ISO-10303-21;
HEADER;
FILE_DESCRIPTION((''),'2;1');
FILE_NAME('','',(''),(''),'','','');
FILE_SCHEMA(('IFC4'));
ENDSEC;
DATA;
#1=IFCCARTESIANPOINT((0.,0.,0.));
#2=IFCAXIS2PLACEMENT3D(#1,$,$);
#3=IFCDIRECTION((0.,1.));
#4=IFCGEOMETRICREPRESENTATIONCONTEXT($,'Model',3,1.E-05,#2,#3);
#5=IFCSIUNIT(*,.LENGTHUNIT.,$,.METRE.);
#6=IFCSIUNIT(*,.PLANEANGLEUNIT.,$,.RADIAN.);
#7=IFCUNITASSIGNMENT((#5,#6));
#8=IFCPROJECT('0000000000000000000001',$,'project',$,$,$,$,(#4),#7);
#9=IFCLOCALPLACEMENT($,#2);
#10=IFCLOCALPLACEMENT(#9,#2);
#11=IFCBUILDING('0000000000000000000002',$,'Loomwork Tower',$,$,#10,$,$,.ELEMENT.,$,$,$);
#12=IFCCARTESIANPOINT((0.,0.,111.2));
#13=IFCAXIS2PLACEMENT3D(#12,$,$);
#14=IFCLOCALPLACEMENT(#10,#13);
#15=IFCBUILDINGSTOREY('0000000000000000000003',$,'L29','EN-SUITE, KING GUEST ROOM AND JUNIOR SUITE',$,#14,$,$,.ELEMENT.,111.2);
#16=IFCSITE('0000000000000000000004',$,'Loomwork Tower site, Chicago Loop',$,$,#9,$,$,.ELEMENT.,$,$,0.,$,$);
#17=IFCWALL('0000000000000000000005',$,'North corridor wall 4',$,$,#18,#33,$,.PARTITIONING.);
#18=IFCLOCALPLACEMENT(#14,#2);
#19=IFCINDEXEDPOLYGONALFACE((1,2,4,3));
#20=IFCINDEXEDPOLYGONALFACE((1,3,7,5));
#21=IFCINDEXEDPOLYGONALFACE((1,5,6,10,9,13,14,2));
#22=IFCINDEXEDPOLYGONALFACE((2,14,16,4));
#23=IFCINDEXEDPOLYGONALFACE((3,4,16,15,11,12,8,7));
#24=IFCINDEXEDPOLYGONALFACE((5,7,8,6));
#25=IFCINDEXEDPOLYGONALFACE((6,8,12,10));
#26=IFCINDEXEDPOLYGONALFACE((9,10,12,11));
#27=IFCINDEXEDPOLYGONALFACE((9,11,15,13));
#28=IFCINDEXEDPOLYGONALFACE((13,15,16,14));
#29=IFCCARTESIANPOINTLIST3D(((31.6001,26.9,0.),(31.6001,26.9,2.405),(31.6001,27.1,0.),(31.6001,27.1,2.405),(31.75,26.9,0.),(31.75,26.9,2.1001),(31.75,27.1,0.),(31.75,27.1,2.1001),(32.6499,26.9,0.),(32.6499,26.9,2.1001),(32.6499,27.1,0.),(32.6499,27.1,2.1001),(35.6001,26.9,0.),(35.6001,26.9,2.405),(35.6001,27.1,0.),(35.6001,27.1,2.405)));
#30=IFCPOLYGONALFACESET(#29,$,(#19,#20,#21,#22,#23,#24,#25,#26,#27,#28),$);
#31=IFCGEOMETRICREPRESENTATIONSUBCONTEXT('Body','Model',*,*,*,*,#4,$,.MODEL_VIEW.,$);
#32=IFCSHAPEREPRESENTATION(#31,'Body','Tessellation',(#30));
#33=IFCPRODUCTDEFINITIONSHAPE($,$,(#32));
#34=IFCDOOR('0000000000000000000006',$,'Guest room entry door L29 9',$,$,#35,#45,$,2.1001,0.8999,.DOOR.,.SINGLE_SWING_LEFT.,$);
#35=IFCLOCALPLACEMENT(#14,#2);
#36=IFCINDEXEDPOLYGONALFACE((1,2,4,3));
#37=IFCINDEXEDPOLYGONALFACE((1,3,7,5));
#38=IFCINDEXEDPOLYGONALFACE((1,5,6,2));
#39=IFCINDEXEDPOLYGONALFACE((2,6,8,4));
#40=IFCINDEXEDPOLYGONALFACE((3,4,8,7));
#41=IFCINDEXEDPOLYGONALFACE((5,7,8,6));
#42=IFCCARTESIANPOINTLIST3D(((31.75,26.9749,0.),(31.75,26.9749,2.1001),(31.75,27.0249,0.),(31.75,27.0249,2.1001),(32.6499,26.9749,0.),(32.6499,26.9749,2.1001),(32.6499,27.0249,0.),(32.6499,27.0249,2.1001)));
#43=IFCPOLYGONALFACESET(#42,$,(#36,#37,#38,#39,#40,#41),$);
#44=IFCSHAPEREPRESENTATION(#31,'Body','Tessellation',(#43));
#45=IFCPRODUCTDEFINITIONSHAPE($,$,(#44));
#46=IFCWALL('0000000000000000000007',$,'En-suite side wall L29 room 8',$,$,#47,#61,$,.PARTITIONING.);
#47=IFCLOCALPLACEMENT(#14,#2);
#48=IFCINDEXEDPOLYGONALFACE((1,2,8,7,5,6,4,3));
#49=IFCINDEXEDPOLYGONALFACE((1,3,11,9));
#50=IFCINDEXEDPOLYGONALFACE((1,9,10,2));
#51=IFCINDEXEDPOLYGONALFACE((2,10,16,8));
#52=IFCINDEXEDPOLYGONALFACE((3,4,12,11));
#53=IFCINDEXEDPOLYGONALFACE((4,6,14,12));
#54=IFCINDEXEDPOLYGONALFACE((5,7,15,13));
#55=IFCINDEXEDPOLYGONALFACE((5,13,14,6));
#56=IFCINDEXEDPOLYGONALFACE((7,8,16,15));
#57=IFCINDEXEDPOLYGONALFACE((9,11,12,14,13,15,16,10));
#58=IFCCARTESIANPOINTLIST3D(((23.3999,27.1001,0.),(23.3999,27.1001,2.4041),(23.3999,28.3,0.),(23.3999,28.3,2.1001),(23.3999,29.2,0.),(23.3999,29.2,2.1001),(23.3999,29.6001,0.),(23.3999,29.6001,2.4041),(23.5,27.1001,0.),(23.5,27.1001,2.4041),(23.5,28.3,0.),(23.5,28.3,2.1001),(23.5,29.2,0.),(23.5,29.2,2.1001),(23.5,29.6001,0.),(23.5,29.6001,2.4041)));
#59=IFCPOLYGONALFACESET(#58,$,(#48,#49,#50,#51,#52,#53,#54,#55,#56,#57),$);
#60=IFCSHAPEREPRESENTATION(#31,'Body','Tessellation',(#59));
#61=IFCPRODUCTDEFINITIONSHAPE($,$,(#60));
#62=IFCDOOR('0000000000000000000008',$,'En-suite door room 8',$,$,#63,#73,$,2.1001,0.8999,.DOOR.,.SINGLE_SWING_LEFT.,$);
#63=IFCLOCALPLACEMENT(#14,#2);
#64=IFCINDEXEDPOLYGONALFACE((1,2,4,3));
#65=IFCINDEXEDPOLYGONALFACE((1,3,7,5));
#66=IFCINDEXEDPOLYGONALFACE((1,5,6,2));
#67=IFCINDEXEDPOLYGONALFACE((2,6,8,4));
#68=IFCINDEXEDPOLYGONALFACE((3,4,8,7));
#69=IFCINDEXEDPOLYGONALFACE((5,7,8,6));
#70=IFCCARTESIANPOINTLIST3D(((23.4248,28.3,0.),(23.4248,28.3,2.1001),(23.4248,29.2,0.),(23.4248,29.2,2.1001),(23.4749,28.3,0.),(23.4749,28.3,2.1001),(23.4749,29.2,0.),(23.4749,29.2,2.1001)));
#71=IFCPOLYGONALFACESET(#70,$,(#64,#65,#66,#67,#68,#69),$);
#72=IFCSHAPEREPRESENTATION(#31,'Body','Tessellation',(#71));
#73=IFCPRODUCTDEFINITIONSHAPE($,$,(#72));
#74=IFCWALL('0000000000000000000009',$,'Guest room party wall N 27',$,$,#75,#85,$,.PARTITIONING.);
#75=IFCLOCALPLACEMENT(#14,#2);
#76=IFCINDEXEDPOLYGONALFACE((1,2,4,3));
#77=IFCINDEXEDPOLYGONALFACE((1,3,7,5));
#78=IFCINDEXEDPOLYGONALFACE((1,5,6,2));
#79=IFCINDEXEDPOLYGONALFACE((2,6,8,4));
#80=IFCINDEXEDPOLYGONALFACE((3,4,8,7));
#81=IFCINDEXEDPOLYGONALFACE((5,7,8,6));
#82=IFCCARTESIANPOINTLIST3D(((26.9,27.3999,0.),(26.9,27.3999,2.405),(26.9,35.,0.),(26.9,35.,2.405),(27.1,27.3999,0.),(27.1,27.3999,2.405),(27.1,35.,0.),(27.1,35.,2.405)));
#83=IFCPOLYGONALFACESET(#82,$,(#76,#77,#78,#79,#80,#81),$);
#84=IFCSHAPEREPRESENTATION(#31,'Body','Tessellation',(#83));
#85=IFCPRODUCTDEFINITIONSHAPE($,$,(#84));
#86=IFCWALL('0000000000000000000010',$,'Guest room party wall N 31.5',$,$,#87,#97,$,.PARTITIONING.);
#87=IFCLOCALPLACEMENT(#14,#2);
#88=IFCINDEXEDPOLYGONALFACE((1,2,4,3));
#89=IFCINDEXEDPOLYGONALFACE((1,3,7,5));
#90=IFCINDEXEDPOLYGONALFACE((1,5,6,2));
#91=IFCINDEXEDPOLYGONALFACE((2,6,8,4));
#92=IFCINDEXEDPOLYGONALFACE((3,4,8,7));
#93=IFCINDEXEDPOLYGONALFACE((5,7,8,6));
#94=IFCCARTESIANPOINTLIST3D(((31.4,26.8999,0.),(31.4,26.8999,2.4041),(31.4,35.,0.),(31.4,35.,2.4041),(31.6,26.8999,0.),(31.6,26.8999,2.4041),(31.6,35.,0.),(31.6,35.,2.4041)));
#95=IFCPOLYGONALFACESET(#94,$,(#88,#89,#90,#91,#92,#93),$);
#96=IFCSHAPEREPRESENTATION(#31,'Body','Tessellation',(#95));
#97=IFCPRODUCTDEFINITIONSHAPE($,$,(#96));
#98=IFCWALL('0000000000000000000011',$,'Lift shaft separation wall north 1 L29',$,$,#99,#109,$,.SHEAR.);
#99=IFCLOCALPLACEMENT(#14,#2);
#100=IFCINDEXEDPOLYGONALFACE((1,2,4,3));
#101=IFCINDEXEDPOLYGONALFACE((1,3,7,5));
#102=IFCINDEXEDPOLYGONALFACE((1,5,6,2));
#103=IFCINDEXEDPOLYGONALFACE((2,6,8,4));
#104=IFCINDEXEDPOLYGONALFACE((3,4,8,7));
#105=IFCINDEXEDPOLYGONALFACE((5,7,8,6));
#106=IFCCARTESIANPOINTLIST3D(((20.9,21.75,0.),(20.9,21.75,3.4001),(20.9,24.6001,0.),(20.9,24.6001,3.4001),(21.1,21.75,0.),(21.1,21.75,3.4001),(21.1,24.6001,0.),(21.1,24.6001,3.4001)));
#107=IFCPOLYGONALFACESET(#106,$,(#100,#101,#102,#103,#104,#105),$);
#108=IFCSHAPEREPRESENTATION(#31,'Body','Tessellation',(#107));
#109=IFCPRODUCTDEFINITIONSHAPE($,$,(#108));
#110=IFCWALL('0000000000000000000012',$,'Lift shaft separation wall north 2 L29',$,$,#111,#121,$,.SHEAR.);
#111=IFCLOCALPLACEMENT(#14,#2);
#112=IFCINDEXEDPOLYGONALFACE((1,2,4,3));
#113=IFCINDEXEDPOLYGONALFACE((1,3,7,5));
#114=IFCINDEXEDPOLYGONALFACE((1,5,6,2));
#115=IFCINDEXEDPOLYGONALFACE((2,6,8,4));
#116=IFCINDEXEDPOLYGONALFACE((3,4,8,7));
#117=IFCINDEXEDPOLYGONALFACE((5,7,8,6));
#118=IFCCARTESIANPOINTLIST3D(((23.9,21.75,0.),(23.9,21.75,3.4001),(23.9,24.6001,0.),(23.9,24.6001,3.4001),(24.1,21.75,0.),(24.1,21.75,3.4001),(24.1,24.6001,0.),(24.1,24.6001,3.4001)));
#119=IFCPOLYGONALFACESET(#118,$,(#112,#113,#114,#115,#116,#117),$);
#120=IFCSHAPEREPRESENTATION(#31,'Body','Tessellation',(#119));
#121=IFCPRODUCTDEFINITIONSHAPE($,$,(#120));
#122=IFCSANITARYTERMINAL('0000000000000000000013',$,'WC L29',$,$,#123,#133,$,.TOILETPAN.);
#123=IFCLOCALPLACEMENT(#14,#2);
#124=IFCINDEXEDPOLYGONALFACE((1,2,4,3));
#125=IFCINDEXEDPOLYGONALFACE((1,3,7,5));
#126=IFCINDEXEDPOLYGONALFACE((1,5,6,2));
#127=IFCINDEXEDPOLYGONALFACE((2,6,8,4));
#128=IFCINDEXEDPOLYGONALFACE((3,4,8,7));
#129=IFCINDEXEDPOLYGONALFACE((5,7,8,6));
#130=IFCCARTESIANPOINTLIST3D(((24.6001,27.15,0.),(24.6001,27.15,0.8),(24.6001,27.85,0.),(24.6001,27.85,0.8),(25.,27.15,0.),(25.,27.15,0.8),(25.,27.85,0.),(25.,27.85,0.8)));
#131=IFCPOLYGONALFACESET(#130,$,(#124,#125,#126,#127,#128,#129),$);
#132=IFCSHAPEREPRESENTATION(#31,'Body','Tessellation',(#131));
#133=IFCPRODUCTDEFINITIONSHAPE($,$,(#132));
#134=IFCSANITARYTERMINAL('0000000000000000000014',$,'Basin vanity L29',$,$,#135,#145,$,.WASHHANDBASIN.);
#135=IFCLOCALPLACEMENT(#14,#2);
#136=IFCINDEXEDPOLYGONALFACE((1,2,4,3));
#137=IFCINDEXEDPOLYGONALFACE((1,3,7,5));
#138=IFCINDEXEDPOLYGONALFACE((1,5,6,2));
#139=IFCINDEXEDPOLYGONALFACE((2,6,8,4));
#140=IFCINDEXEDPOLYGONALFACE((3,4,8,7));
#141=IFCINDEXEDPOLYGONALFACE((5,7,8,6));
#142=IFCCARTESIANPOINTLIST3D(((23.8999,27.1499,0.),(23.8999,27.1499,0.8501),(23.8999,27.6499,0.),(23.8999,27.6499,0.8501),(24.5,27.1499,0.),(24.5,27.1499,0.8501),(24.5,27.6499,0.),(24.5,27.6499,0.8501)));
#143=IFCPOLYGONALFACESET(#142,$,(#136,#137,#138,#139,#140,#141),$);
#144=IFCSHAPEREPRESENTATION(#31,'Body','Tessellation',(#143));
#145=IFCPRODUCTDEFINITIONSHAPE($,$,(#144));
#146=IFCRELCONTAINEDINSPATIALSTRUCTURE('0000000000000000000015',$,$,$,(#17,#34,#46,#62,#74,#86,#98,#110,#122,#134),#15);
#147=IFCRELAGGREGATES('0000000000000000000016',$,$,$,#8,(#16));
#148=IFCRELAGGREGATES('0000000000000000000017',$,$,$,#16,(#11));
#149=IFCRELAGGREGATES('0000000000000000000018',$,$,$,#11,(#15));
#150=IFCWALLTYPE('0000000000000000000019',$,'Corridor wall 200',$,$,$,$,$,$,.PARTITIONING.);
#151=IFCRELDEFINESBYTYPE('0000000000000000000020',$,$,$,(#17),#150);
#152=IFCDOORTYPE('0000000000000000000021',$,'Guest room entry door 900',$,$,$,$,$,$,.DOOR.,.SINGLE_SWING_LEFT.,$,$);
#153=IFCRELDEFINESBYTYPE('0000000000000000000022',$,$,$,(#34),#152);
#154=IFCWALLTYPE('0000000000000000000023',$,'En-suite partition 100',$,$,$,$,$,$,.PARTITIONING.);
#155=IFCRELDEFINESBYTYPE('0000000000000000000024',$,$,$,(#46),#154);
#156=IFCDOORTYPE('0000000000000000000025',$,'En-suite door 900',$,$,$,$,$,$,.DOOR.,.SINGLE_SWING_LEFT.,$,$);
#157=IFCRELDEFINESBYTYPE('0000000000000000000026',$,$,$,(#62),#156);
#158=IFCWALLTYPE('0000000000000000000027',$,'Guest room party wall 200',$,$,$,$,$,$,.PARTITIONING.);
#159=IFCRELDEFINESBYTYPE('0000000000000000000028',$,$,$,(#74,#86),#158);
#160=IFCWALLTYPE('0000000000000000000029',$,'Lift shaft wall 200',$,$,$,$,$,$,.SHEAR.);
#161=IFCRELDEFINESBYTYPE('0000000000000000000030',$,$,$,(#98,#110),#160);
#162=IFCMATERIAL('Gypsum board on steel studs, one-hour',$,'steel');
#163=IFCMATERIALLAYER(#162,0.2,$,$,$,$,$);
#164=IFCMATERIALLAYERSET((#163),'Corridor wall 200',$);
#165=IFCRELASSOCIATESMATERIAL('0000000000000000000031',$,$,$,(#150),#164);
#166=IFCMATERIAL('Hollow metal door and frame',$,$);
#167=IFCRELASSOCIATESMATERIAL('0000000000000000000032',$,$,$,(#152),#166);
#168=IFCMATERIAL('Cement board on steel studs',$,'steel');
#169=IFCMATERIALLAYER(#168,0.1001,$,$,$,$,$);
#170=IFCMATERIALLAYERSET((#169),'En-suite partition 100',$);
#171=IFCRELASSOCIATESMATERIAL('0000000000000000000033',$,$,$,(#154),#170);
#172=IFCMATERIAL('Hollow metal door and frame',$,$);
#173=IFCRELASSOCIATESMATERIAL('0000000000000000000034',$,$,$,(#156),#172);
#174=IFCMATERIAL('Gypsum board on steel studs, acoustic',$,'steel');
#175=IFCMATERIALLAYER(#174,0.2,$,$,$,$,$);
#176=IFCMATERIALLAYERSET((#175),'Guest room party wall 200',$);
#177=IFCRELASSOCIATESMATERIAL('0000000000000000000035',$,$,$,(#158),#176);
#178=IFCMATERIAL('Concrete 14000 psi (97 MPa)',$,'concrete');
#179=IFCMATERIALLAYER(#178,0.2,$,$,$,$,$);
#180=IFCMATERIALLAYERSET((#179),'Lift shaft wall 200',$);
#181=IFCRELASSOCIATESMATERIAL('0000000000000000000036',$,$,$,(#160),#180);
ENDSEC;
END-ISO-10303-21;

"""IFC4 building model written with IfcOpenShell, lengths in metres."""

from ifc_helpers import new_model, si_unit, direction, frame, frame_2d, origin, origin_2d, place, context, subcontext, project, spatial, rectangle, extrude, material, layer, layer_set, type_object, element, fill, save


model = new_model("IFC4")

# Units and contexts
model_context = context("Model", 3, precision=1e-05, world=origin(), true_north=direction((0.0, 1.0)))
body_context = subcontext(model_context, "Body", "Model", "MODEL_VIEW")
ifc_project = project(units=[si_unit("LENGTHUNIT", "METRE"), si_unit("PLANEANGLEUNIT", "RADIAN")], contexts=[model_context])

# Site, building, storey
site_placement = place(None, origin())
site = spatial("IfcSite", under=ifc_project, at=site_placement, Name="Loomwork Tower site, Chicago Loop", CompositionType="ELEMENT", RefElevation=0.0)
building_placement = place(site_placement, origin())
building = spatial("IfcBuilding", under=site, at=building_placement, Name="Loomwork Tower", CompositionType="ELEMENT")
storey_placement = place(building_placement, frame((0.0, 0.0, 111.2)))
storey = spatial("IfcBuildingStorey", under=building, at=storey_placement, Name="L29", Description="EN-SUITE, KING GUEST ROOM AND JUNIOR SUITE", CompositionType="ELEMENT", Elevation=111.2)

# Walls, openings, doors
ifc_material_1 = material(Name="Gypsum board on steel studs, one-hour", Category="steel")
ifc_layer_1 = layer(ifc_material_1, 0.2)
ifc_layer_set_1 = layer_set([ifc_layer_1], Name="Corridor wall 200")
wall_type_1 = type_object("IfcWallType", Name="Corridor wall 200", PredefinedType="PARTITIONING", material=ifc_layer_set_1)
ifc_material_2 = material(Name="Hollow metal door and frame")
door_type_1 = type_object("IfcDoorType", Name="Guest room entry door 900", OperationType="SINGLE_SWING_LEFT", PredefinedType="DOOR", material=ifc_material_2)
wall_1_placement = place(storey_placement, frame((31.6001, 27.0, 0.0), z_axis=(0.0, 0.0, 1.0), x_axis=(1.0, 0.0, 0.0)))
wall_1 = element("IfcWall", 1, at=wall_1_placement, inside=storey, type_object=wall_type_1, Name="North corridor wall 4", PredefinedType="PARTITIONING", context=body_context, shape_type="SweptSolid", body=[
    extrude(rectangle(XDim=4.0, YDim=0.2, at=frame_2d((2.0, 0.0))), origin(), (0.0, 0.0, 1.0), 2.405),
])
opening_1_placement = place(wall_1_placement, frame((0.1499, 0.0, 0.0)))
opening_1 = element("IfcOpeningElement", 2, at=opening_1_placement, cuts=wall_1, PredefinedType="OPENING", context=body_context, shape_type="SweptSolid", body=[
    extrude(rectangle(XDim=0.8999, YDim=2.1001, at=frame_2d((0.45, 1.05))), frame((0.0, 0.1099, 0.0), z_axis=(0.0, -1.0, 0.0), x_axis=(1.0, 0.0, 0.0)), (0.0, 0.0, 1.0), 0.22),
])
door_1_placement = place(opening_1_placement, origin())
door_1 = element("IfcDoor", 3, at=door_1_placement, inside=storey, type_object=door_type_1, Name="Guest room entry door L29 9", OperationType="SINGLE_SWING_LEFT", OverallHeight=2.1001, OverallWidth=0.8999, PredefinedType="DOOR", context=body_context, shape_type="SweptSolid", body=[
    extrude(rectangle(XDim=0.8999, YDim=2.1001, at=frame_2d((0.45, 1.05))), frame((0.0, 0.0249, 0.0), z_axis=(0.0, -1.0, 0.0), x_axis=(1.0, 0.0, 0.0)), (0.0, 0.0, 1.0), 0.05),
])
fill(opening_1, door_1)
ifc_material_3 = material(Name="Cement board on steel studs", Category="steel")
ifc_layer_2 = layer(ifc_material_3, 0.1001)
ifc_layer_set_2 = layer_set([ifc_layer_2], Name="En-suite partition 100")
wall_type_2 = type_object("IfcWallType", Name="En-suite partition 100", PredefinedType="PARTITIONING", material=ifc_layer_set_2)
wall_2_placement = place(storey_placement, frame((23.45, 27.1001, 0.0), z_axis=(0.0, 0.0, 1.0), x_axis=(0.0, 1.0, 0.0)))
wall_2 = element("IfcWall", 4, at=wall_2_placement, inside=storey, type_object=wall_type_2, Name="En-suite side wall L29 room 8", PredefinedType="PARTITIONING", context=body_context, shape_type="SweptSolid", body=[
    extrude(rectangle(XDim=2.5, YDim=0.1001, at=frame_2d((1.25, 0.0))), origin(), (0.0, 0.0, 1.0), 2.4041),
])
opening_2_placement = place(wall_2_placement, frame((1.2, 0.0, 0.0)))
opening_2 = element("IfcOpeningElement", 5, at=opening_2_placement, cuts=wall_2, PredefinedType="OPENING", context=body_context, shape_type="SweptSolid", body=[
    extrude(rectangle(XDim=0.8999, YDim=2.1001, at=frame_2d((0.45, 1.05))), frame((0.0, 0.0601, 0.0), z_axis=(0.0, -1.0, 0.0), x_axis=(1.0, 0.0, 0.0)), (0.0, 0.0, 1.0), 0.1201),
])
ifc_material_4 = material(Name="Hollow metal door and frame")
door_type_2 = type_object("IfcDoorType", Name="En-suite door 900", OperationType="SINGLE_SWING_LEFT", PredefinedType="DOOR", material=ifc_material_4)
door_2_placement = place(opening_2_placement, frame((0.8999, 0.0, 0.0), z_axis=(0.0, 0.0, 1.0), x_axis=(-1.0, 0.0, 0.0)))
door_2 = element("IfcDoor", 6, at=door_2_placement, inside=storey, type_object=door_type_2, Name="En-suite door room 8", OperationType="SINGLE_SWING_LEFT", OverallHeight=2.1001, OverallWidth=0.8999, PredefinedType="DOOR", context=body_context, shape_type="SweptSolid", body=[
    extrude(rectangle(XDim=0.8999, YDim=2.1001, at=frame_2d((0.45, 1.05))), frame((0.0, 0.0249, 0.0), z_axis=(0.0, -1.0, 0.0), x_axis=(1.0, 0.0, 0.0)), (0.0, 0.0, 1.0), 0.05),
])
fill(opening_2, door_2)

# Walls
ifc_material_5 = material(Name="Gypsum board on steel studs, acoustic", Category="steel")
ifc_layer_3 = layer(ifc_material_5, 0.2)
ifc_layer_set_3 = layer_set([ifc_layer_3], Name="Guest room party wall 200")
wall_type_3 = type_object("IfcWallType", Name="Guest room party wall 200", PredefinedType="PARTITIONING", material=ifc_layer_set_3)
wall_3_placement = place(storey_placement, frame((27.0, 27.3999, 0.0), z_axis=(0.0, 0.0, 1.0), x_axis=(0.0, 1.0, 0.0)))
element("IfcWall", 7, at=wall_3_placement, inside=storey, type_object=wall_type_3, Name="Guest room party wall N 27", PredefinedType="PARTITIONING", context=body_context, shape_type="SweptSolid", body=[
    extrude(rectangle(XDim=7.6001, YDim=0.2, at=frame_2d((3.8, 0.0))), origin(), (0.0, 0.0, 1.0), 2.405),
])
wall_4_placement = place(storey_placement, frame((31.5, 26.8999, 0.0), z_axis=(0.0, 0.0, 1.0), x_axis=(0.0, 1.0, 0.0)))
element("IfcWall", 8, at=wall_4_placement, inside=storey, type_object=wall_type_3, Name="Guest room party wall N 31.5", PredefinedType="PARTITIONING", context=body_context, shape_type="SweptSolid", body=[
    extrude(rectangle(XDim=8.1001, YDim=0.2, at=frame_2d((4.05, 0.0))), origin(), (0.0, 0.0, 1.0), 2.4041),
])
ifc_material_6 = material(Name="Concrete 14000 psi (97 MPa)", Category="concrete")
ifc_layer_4 = layer(ifc_material_6, 0.2)
ifc_layer_set_4 = layer_set([ifc_layer_4], Name="Lift shaft wall 200")
wall_type_4 = type_object("IfcWallType", Name="Lift shaft wall 200", PredefinedType="SHEAR", material=ifc_layer_set_4)
for number, where, z_axis, x_axis, name in (
    (9, (21.0, 21.75, 0.0), (0.0, 0.0, 1.0), (0.0, 1.0, 0.0), "Lift shaft separation wall north 1 L29"),
    (10, (24.0, 21.75, 0.0), (0.0, 0.0, 1.0), (0.0, 1.0, 0.0), "Lift shaft separation wall north 2 L29"),
):
    element("IfcWall", number, at=place(storey_placement, frame(where, z_axis=z_axis, x_axis=x_axis)), inside=storey, type_object=wall_type_4, Name=name, PredefinedType="SHEAR", context=body_context, shape_type="SweptSolid", body=[
        extrude(rectangle(XDim=2.8501, YDim=0.2, at=frame_2d((1.425, 0.0))), origin(), (0.0, 0.0, 1.0), 3.4001),
    ])

# Sanitary terminals
sanitary_terminal_1_placement = place(storey_placement, frame((24.8, 27.5, 0.0), z_axis=(0.0, 0.0, 1.0), x_axis=(1.0, 0.0, 0.0)))
element("IfcSanitaryTerminal", 11, at=sanitary_terminal_1_placement, inside=storey, Name="WC L29", PredefinedType="TOILETPAN", context=body_context, shape_type="SweptSolid", body=[
    extrude(rectangle(XDim=0.3999, YDim=0.7, at=origin_2d()), origin(), (0.0, 0.0, 1.0), 0.8),
])
sanitary_terminal_2_placement = place(storey_placement, frame((24.2, 27.3999, 0.0), z_axis=(0.0, 0.0, 1.0), x_axis=(1.0, 0.0, 0.0)))
element("IfcSanitaryTerminal", 12, at=sanitary_terminal_2_placement, inside=storey, Name="Basin vanity L29", PredefinedType="WASHHANDBASIN", context=body_context, shape_type="SweptSolid", body=[
    extrude(rectangle(XDim=0.6001, YDim=0.5, at=origin_2d()), origin(), (0.0, 0.0, 1.0), 0.8501),
])

save(model, "model.ifc")
